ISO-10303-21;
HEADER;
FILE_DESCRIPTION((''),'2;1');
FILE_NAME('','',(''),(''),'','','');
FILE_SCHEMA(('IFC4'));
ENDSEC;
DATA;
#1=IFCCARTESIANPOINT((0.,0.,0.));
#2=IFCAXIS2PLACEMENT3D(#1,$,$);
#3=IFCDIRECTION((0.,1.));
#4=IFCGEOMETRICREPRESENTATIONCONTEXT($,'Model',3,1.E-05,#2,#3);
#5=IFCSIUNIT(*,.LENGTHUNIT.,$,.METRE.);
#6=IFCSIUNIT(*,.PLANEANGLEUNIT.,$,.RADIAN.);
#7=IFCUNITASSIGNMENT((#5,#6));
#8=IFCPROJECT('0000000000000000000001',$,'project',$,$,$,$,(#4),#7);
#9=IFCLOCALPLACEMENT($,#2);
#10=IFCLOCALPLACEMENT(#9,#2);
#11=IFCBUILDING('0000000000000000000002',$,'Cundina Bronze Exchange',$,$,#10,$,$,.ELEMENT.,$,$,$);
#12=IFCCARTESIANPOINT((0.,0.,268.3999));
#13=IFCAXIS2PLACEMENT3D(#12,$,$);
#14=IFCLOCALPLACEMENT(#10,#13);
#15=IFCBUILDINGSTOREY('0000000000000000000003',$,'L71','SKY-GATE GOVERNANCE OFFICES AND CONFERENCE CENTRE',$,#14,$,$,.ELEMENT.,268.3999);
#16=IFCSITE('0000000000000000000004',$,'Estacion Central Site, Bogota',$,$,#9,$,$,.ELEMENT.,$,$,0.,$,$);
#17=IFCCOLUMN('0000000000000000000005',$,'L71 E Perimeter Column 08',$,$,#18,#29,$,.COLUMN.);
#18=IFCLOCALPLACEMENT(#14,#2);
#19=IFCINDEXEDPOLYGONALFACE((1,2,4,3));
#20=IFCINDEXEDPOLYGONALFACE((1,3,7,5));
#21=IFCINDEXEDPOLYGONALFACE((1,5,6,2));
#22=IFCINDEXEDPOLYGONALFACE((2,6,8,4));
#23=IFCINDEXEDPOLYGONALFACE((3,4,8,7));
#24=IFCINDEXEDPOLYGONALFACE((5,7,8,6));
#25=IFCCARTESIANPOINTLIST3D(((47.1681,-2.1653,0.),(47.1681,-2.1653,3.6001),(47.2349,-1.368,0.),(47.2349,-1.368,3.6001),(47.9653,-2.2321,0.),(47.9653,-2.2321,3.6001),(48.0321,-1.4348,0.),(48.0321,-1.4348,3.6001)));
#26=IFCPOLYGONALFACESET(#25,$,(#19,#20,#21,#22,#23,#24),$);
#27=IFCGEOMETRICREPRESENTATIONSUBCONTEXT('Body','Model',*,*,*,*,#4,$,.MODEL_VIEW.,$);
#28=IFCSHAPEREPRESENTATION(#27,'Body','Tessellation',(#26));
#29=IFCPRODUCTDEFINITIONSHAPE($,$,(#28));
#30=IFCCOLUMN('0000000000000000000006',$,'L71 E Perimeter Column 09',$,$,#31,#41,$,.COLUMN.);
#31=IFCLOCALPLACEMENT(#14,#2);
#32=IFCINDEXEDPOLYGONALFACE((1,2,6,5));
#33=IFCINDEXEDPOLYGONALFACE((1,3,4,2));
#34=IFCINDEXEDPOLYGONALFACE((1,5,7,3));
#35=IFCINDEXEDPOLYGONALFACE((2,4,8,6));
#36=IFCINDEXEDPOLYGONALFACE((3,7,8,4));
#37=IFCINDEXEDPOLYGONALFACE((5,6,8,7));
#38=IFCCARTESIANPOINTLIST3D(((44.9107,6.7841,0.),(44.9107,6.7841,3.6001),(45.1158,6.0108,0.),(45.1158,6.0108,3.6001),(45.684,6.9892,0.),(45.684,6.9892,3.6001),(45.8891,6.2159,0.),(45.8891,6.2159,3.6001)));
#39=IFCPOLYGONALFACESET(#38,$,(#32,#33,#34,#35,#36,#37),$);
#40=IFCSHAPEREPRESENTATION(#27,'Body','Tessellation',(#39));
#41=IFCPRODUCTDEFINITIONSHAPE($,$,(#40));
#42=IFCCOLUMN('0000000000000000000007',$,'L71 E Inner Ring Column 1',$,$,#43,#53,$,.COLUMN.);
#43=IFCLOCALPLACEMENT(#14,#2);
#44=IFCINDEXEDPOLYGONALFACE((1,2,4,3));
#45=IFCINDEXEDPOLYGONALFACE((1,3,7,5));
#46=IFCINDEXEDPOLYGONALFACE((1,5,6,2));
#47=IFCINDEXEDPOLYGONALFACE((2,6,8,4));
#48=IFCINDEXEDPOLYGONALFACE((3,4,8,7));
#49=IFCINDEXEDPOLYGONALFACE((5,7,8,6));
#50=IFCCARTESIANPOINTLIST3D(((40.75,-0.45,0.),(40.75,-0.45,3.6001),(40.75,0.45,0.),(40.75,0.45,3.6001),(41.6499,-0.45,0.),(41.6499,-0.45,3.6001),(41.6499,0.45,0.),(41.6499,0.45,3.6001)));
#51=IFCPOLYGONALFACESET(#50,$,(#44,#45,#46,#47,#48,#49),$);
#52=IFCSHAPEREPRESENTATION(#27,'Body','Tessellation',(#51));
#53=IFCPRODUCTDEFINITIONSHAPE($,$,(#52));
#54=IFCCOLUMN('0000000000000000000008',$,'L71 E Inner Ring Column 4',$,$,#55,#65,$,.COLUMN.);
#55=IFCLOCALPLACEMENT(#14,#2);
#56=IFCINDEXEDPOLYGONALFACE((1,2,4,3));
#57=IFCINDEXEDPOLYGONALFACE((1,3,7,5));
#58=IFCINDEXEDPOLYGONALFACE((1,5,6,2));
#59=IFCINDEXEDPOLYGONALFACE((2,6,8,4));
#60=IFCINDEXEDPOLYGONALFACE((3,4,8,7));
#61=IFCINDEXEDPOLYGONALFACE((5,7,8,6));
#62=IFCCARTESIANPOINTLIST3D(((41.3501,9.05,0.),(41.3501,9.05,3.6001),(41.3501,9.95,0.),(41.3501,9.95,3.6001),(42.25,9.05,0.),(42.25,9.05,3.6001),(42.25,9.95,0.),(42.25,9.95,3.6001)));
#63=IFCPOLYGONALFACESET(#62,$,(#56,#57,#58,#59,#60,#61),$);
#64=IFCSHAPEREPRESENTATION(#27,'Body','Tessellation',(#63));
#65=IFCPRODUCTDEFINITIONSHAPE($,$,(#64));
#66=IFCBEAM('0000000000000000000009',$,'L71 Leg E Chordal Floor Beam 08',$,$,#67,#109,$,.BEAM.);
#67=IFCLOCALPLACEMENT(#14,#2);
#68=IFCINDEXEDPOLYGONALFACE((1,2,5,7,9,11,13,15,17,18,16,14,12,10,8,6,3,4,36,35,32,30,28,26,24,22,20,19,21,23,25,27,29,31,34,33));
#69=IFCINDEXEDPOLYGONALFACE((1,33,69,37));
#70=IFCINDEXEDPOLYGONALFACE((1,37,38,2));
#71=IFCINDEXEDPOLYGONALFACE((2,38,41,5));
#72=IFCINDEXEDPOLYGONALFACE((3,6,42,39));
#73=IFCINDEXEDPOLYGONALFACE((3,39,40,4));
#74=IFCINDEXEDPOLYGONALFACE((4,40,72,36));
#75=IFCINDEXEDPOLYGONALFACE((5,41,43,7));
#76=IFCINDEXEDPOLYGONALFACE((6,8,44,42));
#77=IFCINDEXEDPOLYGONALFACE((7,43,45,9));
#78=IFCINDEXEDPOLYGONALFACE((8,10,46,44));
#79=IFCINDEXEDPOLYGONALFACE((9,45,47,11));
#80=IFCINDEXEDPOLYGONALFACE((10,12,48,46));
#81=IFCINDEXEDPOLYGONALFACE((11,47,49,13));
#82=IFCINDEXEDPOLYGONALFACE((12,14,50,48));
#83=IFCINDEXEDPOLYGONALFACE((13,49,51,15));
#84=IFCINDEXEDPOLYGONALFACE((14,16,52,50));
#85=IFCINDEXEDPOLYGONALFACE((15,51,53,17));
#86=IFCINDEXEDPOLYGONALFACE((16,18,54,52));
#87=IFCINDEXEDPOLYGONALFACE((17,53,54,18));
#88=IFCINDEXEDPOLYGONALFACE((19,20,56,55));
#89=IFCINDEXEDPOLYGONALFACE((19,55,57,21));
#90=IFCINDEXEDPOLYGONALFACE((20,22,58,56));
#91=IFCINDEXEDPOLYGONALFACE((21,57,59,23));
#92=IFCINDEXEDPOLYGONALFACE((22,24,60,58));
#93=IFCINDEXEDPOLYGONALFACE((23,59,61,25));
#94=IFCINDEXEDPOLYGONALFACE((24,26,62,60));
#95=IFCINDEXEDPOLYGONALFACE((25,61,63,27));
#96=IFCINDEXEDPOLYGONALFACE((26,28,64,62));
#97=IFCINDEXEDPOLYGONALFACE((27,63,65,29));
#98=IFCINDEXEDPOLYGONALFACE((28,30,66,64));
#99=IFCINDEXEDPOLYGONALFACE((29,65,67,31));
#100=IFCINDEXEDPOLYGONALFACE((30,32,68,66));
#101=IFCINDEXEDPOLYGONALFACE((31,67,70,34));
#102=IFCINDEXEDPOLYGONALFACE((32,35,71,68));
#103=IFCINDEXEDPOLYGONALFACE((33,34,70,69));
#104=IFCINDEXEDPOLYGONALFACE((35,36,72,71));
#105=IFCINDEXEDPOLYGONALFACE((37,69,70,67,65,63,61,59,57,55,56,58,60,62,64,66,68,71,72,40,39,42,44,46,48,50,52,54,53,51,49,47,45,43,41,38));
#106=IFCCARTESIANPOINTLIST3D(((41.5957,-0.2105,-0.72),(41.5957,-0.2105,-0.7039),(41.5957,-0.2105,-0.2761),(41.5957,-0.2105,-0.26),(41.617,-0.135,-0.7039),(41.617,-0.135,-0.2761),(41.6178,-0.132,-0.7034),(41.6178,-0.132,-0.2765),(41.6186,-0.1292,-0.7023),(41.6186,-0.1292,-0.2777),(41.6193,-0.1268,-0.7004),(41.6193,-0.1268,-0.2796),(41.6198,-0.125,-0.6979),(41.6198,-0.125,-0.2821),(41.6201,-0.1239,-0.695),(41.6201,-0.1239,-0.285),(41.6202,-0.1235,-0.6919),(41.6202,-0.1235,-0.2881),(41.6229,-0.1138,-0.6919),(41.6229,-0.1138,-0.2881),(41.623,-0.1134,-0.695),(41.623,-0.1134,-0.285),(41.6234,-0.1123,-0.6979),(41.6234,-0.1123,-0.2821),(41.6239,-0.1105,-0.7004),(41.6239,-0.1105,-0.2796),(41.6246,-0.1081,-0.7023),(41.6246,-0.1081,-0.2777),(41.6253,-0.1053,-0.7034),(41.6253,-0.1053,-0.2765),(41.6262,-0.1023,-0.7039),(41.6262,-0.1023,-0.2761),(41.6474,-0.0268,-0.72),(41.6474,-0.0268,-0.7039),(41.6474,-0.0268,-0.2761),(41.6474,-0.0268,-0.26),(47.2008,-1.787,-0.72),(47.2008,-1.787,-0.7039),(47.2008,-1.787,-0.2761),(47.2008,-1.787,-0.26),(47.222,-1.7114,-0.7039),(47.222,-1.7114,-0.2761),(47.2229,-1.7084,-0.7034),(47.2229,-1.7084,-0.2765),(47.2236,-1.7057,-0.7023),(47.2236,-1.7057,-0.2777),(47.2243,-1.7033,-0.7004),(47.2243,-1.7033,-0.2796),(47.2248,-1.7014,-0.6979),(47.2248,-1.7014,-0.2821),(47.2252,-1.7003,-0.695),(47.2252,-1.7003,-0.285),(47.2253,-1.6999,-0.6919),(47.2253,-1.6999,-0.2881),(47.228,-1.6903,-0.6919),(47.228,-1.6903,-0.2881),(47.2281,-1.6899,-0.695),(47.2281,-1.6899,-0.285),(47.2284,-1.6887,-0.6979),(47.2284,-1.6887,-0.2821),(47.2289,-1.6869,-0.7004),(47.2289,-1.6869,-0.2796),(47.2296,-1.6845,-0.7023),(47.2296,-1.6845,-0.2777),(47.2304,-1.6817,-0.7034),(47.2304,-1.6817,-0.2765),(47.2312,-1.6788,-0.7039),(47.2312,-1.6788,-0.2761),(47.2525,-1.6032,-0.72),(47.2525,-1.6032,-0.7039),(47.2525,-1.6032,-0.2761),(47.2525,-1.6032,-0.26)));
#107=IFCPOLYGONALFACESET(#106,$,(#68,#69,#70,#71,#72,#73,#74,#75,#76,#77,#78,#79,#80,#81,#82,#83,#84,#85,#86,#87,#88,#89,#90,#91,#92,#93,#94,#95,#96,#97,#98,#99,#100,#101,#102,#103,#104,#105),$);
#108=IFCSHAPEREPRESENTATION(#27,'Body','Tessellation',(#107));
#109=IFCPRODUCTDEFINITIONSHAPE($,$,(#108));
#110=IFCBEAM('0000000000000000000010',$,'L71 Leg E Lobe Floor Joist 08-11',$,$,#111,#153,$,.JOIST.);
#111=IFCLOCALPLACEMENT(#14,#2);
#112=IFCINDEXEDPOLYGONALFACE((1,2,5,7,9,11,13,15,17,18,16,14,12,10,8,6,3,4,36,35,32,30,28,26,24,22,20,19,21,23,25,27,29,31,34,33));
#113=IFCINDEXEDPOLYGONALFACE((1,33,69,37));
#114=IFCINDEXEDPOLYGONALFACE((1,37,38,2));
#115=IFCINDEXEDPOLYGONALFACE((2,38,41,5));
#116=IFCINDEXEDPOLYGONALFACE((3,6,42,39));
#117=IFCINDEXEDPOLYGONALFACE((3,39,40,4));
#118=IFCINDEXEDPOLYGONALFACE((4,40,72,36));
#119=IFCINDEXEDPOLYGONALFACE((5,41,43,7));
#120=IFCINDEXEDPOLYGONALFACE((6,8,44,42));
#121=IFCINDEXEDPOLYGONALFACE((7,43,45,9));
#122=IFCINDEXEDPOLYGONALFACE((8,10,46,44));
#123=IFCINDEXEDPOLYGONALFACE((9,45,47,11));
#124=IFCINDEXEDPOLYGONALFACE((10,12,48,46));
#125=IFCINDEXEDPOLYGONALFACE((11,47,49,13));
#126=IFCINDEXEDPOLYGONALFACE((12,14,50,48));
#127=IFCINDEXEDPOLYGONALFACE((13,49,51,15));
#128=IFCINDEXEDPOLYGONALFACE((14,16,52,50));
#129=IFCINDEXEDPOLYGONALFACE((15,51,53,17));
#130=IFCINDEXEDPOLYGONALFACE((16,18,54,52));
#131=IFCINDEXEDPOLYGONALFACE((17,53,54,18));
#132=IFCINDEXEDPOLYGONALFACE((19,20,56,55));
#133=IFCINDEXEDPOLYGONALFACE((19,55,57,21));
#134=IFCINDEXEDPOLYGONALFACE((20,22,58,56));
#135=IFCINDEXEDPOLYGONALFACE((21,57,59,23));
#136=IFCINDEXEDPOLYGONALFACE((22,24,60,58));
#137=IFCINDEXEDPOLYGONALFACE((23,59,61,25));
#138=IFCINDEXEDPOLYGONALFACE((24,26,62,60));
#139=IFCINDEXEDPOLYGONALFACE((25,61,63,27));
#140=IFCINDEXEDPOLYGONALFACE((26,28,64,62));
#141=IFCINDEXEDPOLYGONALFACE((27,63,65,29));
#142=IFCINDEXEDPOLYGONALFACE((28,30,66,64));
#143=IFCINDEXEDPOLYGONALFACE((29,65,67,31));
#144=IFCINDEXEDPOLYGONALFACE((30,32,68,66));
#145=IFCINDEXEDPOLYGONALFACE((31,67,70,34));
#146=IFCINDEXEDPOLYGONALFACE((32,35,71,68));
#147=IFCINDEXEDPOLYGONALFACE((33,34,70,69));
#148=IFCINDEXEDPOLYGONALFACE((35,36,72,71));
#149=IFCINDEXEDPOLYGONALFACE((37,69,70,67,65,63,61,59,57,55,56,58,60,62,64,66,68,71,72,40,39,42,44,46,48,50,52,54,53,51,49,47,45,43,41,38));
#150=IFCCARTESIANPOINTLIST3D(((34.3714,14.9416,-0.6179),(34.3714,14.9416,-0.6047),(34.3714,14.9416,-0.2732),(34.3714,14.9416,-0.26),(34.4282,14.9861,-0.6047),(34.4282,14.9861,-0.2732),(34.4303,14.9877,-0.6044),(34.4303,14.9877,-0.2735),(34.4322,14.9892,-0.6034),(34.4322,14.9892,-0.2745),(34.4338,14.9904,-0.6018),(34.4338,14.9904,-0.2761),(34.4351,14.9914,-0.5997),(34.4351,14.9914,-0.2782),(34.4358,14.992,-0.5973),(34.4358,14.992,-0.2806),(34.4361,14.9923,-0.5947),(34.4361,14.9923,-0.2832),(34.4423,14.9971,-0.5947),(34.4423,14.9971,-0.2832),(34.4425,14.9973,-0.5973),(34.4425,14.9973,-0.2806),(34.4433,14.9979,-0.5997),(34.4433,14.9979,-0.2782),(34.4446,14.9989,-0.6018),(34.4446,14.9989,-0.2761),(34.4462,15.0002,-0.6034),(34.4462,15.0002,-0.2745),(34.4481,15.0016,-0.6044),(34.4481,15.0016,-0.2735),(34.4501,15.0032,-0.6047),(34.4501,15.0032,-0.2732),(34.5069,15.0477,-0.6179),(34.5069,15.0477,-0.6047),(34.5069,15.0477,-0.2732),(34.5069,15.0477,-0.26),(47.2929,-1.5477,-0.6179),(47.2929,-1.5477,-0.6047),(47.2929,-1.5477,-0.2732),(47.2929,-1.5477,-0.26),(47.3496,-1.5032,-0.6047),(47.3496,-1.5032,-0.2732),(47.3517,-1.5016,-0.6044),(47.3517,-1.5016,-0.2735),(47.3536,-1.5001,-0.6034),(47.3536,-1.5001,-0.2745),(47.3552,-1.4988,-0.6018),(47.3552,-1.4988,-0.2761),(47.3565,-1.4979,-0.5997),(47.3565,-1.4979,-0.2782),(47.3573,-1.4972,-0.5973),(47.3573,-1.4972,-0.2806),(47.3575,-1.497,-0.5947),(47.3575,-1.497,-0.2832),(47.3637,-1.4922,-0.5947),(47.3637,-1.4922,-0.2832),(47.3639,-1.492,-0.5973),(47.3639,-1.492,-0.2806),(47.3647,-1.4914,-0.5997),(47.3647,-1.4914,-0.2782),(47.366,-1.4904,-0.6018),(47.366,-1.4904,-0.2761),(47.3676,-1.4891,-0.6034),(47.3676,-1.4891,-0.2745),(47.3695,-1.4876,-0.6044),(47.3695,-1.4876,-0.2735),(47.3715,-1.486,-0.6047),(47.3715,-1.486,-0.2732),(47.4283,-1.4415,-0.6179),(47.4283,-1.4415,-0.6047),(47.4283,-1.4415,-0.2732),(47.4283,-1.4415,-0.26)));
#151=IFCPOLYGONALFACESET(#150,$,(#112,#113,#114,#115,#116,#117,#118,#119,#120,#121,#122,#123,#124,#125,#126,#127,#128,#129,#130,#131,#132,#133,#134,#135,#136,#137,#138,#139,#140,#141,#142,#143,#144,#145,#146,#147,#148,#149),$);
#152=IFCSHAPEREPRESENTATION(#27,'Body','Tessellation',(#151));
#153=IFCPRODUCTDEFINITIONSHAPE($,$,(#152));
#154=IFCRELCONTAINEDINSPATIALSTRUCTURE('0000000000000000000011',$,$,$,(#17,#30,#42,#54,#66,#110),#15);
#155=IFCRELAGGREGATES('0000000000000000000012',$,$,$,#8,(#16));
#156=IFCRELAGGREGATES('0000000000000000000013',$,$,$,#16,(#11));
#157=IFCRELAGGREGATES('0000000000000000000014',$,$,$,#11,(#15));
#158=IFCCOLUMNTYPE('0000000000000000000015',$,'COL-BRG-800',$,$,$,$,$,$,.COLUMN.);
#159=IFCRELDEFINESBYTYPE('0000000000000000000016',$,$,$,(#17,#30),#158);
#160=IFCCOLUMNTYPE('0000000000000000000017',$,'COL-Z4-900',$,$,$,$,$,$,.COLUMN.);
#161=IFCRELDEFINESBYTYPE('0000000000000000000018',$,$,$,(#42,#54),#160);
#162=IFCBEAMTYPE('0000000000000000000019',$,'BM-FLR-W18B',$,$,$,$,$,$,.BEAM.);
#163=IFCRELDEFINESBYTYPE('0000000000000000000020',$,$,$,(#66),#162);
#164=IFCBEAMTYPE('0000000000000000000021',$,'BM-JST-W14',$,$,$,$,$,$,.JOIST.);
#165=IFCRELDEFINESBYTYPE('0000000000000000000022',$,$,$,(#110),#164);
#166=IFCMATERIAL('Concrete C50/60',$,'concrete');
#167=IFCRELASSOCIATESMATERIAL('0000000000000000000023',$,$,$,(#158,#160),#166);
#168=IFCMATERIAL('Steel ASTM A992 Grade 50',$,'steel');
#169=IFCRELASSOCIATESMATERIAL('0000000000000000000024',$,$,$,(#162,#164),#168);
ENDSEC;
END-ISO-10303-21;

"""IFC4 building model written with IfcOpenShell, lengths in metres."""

from ifc_helpers import new_model, si_unit, direction, frame, origin, origin_2d, place, context, subcontext, project, spatial, rectangle, i_section, extrude, material, material_profile, profile_set, type_object, element, save


model = new_model("IFC4")

# Units and contexts
model_context = context("Model", 3, precision=1e-05, world=origin(), true_north=direction((0.0, 1.0)))
body_context = subcontext(model_context, "Body", "Model", "MODEL_VIEW")
ifc_project = project(units=[si_unit("LENGTHUNIT", "METRE"), si_unit("PLANEANGLEUNIT", "RADIAN")], contexts=[model_context])

# Site, building, storey
site_placement = place(None, origin())
site = spatial("IfcSite", under=ifc_project, at=site_placement, Name="Estacion Central Site, Bogota", CompositionType="ELEMENT", RefElevation=0.0)
building_placement = place(site_placement, origin())
building = spatial("IfcBuilding", under=site, at=building_placement, Name="Cundina Bronze Exchange", CompositionType="ELEMENT")
storey_placement = place(building_placement, frame((0.0, 0.0, 268.3999)))
storey = spatial("IfcBuildingStorey", under=building, at=storey_placement, Name="L71", Description="SKY-GATE GOVERNANCE OFFICES AND CONFERENCE CENTRE", CompositionType="ELEMENT", Elevation=268.3999)

# Columns
ifc_material_1 = material(Name="Concrete C50/60", Category="concrete")
ifc_material_profile_1 = material_profile(ifc_material_1, rectangle(XDim=0.8, YDim=0.8, at=origin_2d()), Name="RC800X800", Category="concrete")
ifc_profile_set_1 = profile_set([ifc_material_profile_1], Name="Concrete C50/60")
column_type_1 = type_object("IfcColumnType", Name="COL-BRG-800", PredefinedType="COLUMN", material=ifc_profile_set_1)
for number, where, z_axis, x_axis, name in (
    (1, (47.6001, -1.8, 0.0), (0.0, 0.0, 1.0), (0.083504, 0.996507, 0.0), "L71 E Perimeter Column 08"),
    (2, (45.3999, 6.5, 0.0), (0.0, 0.0, 1.0), (-0.256289, 0.9666, 0.0), "L71 E Perimeter Column 09"),
):
    element("IfcColumn", number, at=place(storey_placement, frame(where, z_axis=z_axis, x_axis=x_axis)), inside=storey, type_object=column_type_1, Name=name, PredefinedType="COLUMN", context=body_context, shape_type="SweptSolid", body=[
        extrude(rectangle(XDim=0.8, YDim=0.8, at=origin_2d()), origin(), (0.0, 0.0, 1.0), 3.6001),
    ])
ifc_material_profile_2 = material_profile(ifc_material_1, rectangle(XDim=0.8999, YDim=0.8999, at=origin_2d()), Name="RC900X900", Category="concrete")
ifc_profile_set_2 = profile_set([ifc_material_profile_2], Name="Concrete C50/60")
column_type_2 = type_object("IfcColumnType", Name="COL-Z4-900", PredefinedType="COLUMN", material=ifc_profile_set_2)
for number, where, z_axis, x_axis, name in (
    (3, (41.2, 0.0, 0.0), (0.0, 0.0, 1.0), (1.0, 0.0, 0.0), "L71 E Inner Ring Column 1"),
    (4, (41.8, 9.5, 0.0), (0.0, 0.0, 1.0), (1.0, 0.0, 0.0), "L71 E Inner Ring Column 4"),
):
    element("IfcColumn", number, at=place(storey_placement, frame(where, z_axis=z_axis, x_axis=x_axis)), inside=storey, type_object=column_type_2, Name=name, PredefinedType="COLUMN", context=body_context, shape_type="SweptSolid", body=[
        extrude(rectangle(XDim=0.8999, YDim=0.8999, at=origin_2d()), origin(), (0.0, 0.0, 1.0), 3.6001),
    ])

# Beams
ifc_material_2 = material(Name="Steel ASTM A992 Grade 50", Category="steel")
ifc_material_profile_3 = material_profile(ifc_material_2, i_section(OverallWidth=0.1909, OverallDepth=0.46, WebThickness=0.01, FlangeThickness=0.0161, FilletRadius=0.012, at=origin_2d()), Name="W18X55", Category="steel")
ifc_profile_set_3 = profile_set([ifc_material_profile_3], Name="Steel ASTM A992 Grade 50")
beam_type_1 = type_object("IfcBeamType", Name="BM-FLR-W18B", PredefinedType="BEAM", material=ifc_profile_set_3)
beam_1_placement = place(storey_placement, frame((41.6216, -0.1187, -0.49), z_axis=(0.96265, -0.270748, 0.0), x_axis=(0.270748, 0.96265, 0.0)))
element("IfcBeam", 5, at=beam_1_placement, inside=storey, type_object=beam_type_1, Name="L71 Leg E Chordal Floor Beam 08", PredefinedType="BEAM", context=body_context, shape_type="SweptSolid", body=[
    extrude(i_section(OverallWidth=0.1909, OverallDepth=0.46, WebThickness=0.01, FlangeThickness=0.0161, FilletRadius=0.012, at=origin_2d()), origin(), (0.0, 0.0, 1.0), 5.8225),
])
ifc_material_profile_4 = material_profile(ifc_material_2, i_section(OverallWidth=0.1721, OverallDepth=0.3579, WebThickness=0.0078, FlangeThickness=0.0132, FilletRadius=0.01, at=origin_2d()), Name="W14X38", Category="steel")
ifc_profile_set_4 = profile_set([ifc_material_profile_4], Name="Steel ASTM A992 Grade 50")
beam_type_2 = type_object("IfcBeamType", Name="BM-JST-W14", PredefinedType="JOIST", material=ifc_profile_set_4)
beam_2_placement = place(storey_placement, frame((47.3606, -1.4946, -0.439), z_axis=(-0.616804, 0.787117, 0.0), x_axis=(-0.787117, -0.616804, 0.0)))
element("IfcBeam", 6, at=beam_2_placement, inside=storey, type_object=beam_type_2, Name="L71 Leg E Lobe Floor Joist 08-11", PredefinedType="JOIST", context=body_context, shape_type="SweptSolid", body=[
    extrude(i_section(OverallWidth=0.1721, OverallDepth=0.3579, WebThickness=0.0078, FlangeThickness=0.0132, FilletRadius=0.01, at=origin_2d()), origin(), (0.0, 0.0, 1.0), 20.949),
])

save(model, "model.ifc")
